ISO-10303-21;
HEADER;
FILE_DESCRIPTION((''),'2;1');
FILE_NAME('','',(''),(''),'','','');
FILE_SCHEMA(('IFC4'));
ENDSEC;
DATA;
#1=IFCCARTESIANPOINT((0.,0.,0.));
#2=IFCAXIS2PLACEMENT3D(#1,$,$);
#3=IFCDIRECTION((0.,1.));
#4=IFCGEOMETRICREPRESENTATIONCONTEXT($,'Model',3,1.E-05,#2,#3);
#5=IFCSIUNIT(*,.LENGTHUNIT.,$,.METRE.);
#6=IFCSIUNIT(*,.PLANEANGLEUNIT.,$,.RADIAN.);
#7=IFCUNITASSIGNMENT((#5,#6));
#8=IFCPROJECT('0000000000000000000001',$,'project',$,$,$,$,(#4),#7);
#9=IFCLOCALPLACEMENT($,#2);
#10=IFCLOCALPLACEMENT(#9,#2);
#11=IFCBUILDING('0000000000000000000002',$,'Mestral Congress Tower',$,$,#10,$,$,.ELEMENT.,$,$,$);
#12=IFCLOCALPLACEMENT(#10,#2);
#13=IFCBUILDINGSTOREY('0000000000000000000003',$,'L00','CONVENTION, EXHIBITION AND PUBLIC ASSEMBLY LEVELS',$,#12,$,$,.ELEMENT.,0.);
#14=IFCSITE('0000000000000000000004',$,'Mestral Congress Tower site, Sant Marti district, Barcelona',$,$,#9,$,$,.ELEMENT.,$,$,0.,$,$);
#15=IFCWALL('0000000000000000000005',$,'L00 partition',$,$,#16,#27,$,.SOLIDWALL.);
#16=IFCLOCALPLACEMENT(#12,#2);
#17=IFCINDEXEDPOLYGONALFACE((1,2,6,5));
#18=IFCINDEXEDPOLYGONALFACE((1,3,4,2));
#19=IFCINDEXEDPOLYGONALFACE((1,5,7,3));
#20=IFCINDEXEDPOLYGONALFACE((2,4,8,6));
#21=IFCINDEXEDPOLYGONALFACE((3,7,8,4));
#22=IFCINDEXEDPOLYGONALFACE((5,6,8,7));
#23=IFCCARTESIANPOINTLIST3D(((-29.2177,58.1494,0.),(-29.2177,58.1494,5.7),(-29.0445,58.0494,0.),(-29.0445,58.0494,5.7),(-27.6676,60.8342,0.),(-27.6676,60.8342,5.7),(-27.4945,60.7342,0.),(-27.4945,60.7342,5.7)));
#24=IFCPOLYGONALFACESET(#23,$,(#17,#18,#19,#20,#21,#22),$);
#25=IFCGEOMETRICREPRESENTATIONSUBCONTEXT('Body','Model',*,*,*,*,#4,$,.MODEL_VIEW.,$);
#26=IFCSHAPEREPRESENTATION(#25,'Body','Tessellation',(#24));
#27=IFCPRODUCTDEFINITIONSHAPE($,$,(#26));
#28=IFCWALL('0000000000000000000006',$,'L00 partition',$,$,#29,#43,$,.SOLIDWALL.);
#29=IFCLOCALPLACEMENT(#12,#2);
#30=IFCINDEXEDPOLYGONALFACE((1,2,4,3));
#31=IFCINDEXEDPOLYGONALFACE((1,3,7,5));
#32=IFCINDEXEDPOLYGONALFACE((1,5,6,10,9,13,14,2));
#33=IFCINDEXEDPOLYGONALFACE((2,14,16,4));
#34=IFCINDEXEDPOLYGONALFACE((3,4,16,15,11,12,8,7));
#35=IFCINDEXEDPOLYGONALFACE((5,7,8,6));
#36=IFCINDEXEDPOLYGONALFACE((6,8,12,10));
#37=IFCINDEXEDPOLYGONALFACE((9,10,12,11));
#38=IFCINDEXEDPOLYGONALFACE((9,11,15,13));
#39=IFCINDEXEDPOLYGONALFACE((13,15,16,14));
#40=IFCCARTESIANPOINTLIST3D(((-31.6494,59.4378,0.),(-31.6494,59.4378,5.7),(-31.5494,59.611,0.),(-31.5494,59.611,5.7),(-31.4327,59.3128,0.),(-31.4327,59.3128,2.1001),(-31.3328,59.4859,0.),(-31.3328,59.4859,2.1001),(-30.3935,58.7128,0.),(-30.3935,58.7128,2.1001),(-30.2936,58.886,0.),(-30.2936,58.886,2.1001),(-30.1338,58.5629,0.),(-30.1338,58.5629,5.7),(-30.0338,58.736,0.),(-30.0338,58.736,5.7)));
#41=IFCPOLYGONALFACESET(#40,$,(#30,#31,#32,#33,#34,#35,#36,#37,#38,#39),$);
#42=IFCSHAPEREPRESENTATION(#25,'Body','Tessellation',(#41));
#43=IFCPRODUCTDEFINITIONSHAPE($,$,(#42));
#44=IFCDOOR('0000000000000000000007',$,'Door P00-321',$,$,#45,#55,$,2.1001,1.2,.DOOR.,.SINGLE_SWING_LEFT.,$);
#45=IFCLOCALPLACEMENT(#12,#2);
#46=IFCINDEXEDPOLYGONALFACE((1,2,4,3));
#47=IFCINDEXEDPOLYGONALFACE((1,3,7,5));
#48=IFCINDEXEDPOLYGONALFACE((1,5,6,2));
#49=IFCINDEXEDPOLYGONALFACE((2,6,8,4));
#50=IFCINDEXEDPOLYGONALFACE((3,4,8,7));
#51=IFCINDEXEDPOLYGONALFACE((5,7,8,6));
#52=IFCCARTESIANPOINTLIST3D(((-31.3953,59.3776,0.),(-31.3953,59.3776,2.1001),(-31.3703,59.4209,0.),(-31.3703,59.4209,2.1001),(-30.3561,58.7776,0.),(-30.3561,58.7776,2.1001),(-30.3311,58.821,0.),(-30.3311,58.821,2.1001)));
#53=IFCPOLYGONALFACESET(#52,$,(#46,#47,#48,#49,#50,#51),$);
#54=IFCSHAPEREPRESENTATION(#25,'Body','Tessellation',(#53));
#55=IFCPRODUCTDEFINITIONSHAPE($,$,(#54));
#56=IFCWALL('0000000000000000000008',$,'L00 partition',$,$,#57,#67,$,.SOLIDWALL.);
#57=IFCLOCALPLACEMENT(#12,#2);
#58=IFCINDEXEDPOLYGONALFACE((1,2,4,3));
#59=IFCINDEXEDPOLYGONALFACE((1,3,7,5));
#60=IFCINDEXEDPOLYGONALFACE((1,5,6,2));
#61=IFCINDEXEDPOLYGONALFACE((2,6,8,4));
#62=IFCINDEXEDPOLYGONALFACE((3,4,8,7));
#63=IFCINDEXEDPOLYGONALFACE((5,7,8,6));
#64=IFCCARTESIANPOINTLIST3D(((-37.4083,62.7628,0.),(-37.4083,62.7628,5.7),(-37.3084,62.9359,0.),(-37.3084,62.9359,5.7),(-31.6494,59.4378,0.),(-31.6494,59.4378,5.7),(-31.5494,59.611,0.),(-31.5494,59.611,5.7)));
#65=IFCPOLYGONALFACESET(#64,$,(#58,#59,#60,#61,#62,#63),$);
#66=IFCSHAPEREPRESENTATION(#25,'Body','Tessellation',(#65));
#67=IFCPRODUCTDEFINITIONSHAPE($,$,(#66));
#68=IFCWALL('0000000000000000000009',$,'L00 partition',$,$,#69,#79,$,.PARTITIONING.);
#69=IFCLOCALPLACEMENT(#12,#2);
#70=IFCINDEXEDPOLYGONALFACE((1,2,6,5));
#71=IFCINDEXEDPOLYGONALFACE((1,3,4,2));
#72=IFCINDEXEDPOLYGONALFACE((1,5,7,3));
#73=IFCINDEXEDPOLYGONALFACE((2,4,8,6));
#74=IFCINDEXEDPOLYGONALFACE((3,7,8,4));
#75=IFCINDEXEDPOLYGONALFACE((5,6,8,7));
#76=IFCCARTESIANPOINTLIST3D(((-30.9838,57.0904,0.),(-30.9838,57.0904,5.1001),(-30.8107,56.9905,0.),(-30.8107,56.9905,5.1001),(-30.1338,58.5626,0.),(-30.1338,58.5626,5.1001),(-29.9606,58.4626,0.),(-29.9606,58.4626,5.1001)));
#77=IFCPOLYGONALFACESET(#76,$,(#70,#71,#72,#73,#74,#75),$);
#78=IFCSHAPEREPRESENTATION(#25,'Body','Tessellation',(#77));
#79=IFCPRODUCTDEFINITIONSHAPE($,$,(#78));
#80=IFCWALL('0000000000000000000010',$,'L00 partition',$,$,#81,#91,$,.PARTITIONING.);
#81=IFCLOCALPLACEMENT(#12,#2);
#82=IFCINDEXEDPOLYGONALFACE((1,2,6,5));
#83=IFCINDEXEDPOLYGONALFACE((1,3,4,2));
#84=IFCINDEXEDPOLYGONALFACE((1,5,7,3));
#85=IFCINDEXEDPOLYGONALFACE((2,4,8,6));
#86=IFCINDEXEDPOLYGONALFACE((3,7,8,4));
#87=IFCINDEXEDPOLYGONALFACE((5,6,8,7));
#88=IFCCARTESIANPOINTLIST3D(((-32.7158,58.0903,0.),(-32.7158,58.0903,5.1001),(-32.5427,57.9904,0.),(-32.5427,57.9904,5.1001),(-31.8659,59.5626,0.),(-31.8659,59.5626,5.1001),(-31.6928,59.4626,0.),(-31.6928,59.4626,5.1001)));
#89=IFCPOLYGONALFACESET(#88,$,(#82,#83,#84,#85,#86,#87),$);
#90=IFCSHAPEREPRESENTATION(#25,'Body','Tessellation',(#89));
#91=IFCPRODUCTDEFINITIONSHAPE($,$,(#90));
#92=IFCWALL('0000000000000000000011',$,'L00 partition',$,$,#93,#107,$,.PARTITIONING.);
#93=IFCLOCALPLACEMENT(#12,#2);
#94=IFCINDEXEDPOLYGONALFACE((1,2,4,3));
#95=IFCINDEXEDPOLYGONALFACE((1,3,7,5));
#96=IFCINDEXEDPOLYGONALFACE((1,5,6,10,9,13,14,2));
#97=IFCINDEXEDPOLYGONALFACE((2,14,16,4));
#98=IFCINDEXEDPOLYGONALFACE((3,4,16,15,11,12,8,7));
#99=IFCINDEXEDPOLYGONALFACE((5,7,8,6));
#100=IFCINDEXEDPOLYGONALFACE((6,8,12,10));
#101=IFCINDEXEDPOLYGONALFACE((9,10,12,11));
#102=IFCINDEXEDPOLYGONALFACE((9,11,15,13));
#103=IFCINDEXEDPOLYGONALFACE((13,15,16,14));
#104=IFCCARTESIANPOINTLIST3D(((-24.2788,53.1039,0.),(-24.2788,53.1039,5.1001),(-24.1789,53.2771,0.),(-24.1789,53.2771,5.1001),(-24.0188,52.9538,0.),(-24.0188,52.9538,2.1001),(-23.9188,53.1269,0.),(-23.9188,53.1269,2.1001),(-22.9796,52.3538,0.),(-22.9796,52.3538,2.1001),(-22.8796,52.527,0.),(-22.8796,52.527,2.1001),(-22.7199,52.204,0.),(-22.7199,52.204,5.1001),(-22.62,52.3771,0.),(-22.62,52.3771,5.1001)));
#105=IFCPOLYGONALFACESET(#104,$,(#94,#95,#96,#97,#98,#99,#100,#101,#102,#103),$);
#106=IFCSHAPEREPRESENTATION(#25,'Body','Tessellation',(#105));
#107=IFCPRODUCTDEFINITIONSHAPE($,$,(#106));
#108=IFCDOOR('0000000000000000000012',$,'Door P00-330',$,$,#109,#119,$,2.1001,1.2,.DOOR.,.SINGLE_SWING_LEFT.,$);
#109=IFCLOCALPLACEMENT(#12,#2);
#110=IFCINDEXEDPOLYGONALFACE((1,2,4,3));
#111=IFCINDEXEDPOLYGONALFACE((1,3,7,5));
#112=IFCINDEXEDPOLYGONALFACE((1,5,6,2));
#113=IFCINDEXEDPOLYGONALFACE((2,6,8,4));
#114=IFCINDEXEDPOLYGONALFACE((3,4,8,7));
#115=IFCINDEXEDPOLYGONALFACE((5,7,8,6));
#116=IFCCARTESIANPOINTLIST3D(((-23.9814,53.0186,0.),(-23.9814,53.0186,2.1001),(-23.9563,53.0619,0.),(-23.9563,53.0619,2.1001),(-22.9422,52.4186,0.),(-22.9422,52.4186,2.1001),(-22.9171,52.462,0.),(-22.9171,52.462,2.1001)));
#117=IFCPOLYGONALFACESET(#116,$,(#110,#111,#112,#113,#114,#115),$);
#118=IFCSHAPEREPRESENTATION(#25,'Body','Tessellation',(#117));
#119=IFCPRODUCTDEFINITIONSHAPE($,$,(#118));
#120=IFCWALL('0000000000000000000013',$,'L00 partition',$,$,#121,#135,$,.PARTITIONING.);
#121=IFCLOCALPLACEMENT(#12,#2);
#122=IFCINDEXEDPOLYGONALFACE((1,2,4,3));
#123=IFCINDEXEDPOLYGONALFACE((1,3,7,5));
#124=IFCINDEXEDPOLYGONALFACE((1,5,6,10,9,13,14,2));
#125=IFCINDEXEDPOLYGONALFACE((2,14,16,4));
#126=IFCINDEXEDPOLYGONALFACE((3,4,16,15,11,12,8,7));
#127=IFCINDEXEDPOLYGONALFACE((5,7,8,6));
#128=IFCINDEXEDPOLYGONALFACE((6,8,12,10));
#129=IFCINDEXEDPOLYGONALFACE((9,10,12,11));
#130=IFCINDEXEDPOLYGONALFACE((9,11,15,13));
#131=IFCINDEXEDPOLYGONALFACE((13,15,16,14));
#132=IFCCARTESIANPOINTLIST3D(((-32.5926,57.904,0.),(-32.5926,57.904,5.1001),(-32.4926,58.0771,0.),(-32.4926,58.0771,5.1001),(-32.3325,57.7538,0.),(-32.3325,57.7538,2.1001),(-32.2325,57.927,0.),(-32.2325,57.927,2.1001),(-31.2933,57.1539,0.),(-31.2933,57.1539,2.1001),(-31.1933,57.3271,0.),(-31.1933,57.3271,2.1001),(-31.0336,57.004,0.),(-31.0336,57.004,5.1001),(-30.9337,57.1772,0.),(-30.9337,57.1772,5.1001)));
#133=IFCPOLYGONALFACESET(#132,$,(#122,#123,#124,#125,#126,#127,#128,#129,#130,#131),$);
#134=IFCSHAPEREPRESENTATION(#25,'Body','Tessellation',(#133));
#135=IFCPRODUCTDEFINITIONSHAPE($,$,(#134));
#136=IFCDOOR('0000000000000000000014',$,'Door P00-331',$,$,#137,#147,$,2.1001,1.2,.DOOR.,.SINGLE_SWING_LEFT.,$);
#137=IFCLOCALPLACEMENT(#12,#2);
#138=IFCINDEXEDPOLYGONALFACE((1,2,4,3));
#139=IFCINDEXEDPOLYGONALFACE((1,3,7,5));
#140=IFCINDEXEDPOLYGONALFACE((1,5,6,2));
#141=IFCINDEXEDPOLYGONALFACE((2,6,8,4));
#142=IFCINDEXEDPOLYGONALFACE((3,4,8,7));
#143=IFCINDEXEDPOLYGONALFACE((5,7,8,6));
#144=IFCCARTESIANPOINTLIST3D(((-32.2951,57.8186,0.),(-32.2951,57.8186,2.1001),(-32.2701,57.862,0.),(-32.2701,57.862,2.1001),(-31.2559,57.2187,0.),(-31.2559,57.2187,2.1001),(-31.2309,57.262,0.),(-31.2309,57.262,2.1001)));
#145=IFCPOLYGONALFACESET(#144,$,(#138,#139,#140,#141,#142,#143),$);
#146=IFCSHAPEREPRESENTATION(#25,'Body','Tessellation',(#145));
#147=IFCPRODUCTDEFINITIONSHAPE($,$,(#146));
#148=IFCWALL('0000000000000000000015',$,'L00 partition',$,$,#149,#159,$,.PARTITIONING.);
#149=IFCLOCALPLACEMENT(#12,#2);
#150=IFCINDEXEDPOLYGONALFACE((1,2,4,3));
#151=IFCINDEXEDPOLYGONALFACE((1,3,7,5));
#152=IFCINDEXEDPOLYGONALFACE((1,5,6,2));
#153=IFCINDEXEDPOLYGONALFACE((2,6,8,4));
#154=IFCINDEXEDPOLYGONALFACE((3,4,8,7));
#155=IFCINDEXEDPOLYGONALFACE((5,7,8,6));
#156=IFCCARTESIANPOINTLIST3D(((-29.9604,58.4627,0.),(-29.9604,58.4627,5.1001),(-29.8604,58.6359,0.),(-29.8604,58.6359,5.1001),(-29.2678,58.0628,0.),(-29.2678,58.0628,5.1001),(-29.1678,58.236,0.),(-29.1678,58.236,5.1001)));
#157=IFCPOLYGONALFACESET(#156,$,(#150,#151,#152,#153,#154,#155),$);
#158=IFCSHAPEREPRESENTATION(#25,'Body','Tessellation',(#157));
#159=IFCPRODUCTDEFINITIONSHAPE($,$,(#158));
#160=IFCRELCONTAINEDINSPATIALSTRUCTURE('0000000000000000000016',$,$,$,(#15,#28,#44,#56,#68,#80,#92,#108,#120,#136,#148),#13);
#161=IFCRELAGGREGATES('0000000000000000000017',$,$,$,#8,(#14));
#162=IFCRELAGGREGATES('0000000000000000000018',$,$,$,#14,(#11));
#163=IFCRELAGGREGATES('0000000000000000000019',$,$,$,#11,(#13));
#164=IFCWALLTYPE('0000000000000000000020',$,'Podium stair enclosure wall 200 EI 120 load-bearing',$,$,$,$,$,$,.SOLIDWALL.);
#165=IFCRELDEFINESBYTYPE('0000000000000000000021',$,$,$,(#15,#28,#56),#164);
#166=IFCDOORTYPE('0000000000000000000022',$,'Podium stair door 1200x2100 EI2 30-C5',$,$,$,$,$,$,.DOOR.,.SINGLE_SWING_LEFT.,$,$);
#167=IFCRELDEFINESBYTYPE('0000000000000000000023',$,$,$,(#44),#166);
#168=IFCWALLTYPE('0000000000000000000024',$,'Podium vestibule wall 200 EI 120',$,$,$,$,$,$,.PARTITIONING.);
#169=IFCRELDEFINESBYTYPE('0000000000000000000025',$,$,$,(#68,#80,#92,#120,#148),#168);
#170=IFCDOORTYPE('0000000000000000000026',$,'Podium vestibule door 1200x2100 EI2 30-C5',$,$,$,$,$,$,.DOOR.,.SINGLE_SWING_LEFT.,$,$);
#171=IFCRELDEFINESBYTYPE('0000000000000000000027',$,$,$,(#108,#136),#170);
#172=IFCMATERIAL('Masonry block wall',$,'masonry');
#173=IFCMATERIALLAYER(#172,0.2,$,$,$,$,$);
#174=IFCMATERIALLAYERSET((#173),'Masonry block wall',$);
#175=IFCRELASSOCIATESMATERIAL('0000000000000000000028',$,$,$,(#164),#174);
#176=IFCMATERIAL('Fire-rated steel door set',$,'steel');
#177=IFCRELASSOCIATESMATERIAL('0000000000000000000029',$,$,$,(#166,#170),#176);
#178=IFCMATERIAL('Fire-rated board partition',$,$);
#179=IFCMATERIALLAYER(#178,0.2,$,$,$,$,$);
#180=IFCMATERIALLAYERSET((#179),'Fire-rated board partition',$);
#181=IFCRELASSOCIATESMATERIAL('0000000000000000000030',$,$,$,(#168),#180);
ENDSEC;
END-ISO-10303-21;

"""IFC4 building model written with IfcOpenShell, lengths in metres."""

from ifc_helpers import new_model, si_unit, direction, frame, frame_2d, origin, place, context, subcontext, project, spatial, rectangle, extrude, material, layer, layer_set, type_object, element, fill, save


model = new_model("IFC4")

# Units and contexts
model_context = context("Model", 3, precision=1e-05, world=origin(), true_north=direction((0.0, 1.0)))
body_context = subcontext(model_context, "Body", "Model", "MODEL_VIEW")
ifc_project = project(units=[si_unit("LENGTHUNIT", "METRE"), si_unit("PLANEANGLEUNIT", "RADIAN")], contexts=[model_context])

# Site, building, storey
site_placement = place(None, origin())
site = spatial("IfcSite", under=ifc_project, at=site_placement, Name="Mestral Congress Tower site, Sant Marti district, Barcelona", CompositionType="ELEMENT", RefElevation=0.0)
building_placement = place(site_placement, origin())
building = spatial("IfcBuilding", under=site, at=building_placement, Name="Mestral Congress Tower", CompositionType="ELEMENT")
storey_placement = place(building_placement, origin())
storey = spatial("IfcBuildingStorey", under=building, at=storey_placement, Name="L00", Description="CONVENTION, EXHIBITION AND PUBLIC ASSEMBLY LEVELS", CompositionType="ELEMENT", Elevation=0.0)

# Shared definitions
ifc_material_1 = material(Name="Masonry block wall", Category="masonry")
ifc_material_2 = material(Name="Fire-rated steel door set", Category="steel")

# Wall
ifc_layer_1 = layer(ifc_material_1, 0.2)
ifc_layer_set_1 = layer_set([ifc_layer_1], Name="Masonry block wall")
wall_type_1 = type_object("IfcWallType", Name="Podium stair enclosure wall 200 EI 120 load-bearing", PredefinedType="SOLIDWALL", material=ifc_layer_set_1)
wall_1_placement = place(storey_placement, frame((-27.5811, 60.7842, 0.0), z_axis=(0.0, 0.0, 1.0), x_axis=(-0.499993, -0.86603, 0.0)))
element("IfcWall", 1, at=wall_1_placement, inside=storey, type_object=wall_type_1, Name="L00 partition", PredefinedType="SOLIDWALL", context=body_context, shape_type="SweptSolid", body=[
    extrude(rectangle(XDim=3.1001, YDim=0.2, at=frame_2d((1.55, 0.0))), origin(), (0.0, 0.0, 1.0), 5.7),
])

# Wall, opening, door
wall_2_placement = place(storey_placement, frame((-31.5994, 59.5244, 0.0), z_axis=(0.0, 0.0, 1.0), x_axis=(0.866037, -0.49998, 0.0)))
wall_2 = element("IfcWall", 2, at=wall_2_placement, inside=storey, type_object=wall_type_1, Name="L00 partition", PredefinedType="SOLIDWALL", context=body_context, shape_type="SweptSolid", body=[
    extrude(rectangle(XDim=1.75, YDim=0.2, at=frame_2d((0.875, 0.0))), origin(), (0.0, 0.0, 1.0), 5.7),
])
opening_1_placement = place(wall_2_placement, frame((0.25, 0.0, 0.0)))
opening_1 = element("IfcOpeningElement", 3, at=opening_1_placement, cuts=wall_2, PredefinedType="OPENING", context=body_context, shape_type="SweptSolid", body=[
    extrude(rectangle(XDim=1.2, YDim=2.1001, at=frame_2d((0.6001, 1.05))), frame((0.0, 0.1099, 0.0), z_axis=(0.0, -1.0, 0.0), x_axis=(1.0, 0.0, 0.0)), (0.0, 0.0, 1.0), 0.22),
])
door_type_1 = type_object("IfcDoorType", Name="Podium stair door 1200x2100 EI2 30-C5", OperationType="SINGLE_SWING_LEFT", PredefinedType="DOOR", material=ifc_material_2)
door_1_placement = place(opening_1_placement, origin())
door_1 = element("IfcDoor", 4, at=door_1_placement, inside=storey, type_object=door_type_1, Name="Door P00-321", OperationType="SINGLE_SWING_LEFT", OverallHeight=2.1001, OverallWidth=1.2, PredefinedType="DOOR", context=body_context, shape_type="SweptSolid", body=[
    extrude(rectangle(XDim=1.2, YDim=2.1001, at=frame_2d((0.6001, 1.05))), frame((0.0, 0.0249, 0.0), z_axis=(0.0, -1.0, 0.0), x_axis=(1.0, 0.0, 0.0)), (0.0, 0.0, 1.0), 0.05),
])
fill(opening_1, door_1)

# Walls
wall_3_placement = place(storey_placement, frame((-31.5994, 59.5244, 0.0), z_axis=(0.0, 0.0, 1.0), x_axis=(-0.866027, 0.499997, 0.0)))
element("IfcWall", 5, at=wall_3_placement, inside=storey, type_object=wall_type_1, Name="L00 partition", PredefinedType="SOLIDWALL", context=body_context, shape_type="SweptSolid", body=[
    extrude(rectangle(XDim=6.6499, YDim=0.2, at=frame_2d((3.325, 0.0))), origin(), (0.0, 0.0, 1.0), 5.7),
])
ifc_material_3 = material(Name="Fire-rated board partition")
ifc_layer_2 = layer(ifc_material_3, 0.2)
ifc_layer_set_2 = layer_set([ifc_layer_2], Name="Fire-rated board partition")
wall_type_2 = type_object("IfcWallType", Name="Podium vestibule wall 200 EI 120", PredefinedType="PARTITIONING", material=ifc_layer_set_2)
for number, where, z_axis, x_axis, name in (
    (6, (-30.0471, 58.5127, 0.0), (0.0, 0.0, 1.0), (-0.500062, -0.865989, 0.0), "L00 partition"),
    (7, (-31.7793, 59.5127, 0.0), (0.0, 0.0, 1.0), (-0.499955, -0.866052, 0.0), "L00 partition"),
):
    element("IfcWall", number, at=place(storey_placement, frame(where, z_axis=z_axis, x_axis=x_axis)), inside=storey, type_object=wall_type_2, Name=name, PredefinedType="PARTITIONING", context=body_context, shape_type="SweptSolid", body=[
        extrude(rectangle(XDim=1.7, YDim=0.2, at=frame_2d((0.8501, 0.0))), origin(), (0.0, 0.0, 1.0), 5.1001),
    ])

# Walls, openings, doors
wall_4_placement = place(storey_placement, frame((-24.2288, 53.1904, 0.0), z_axis=(0.0, 0.0, 1.0), x_axis=(0.866048, -0.499961, 0.0)))
wall_4 = element("IfcWall", 8, at=wall_4_placement, inside=storey, type_object=wall_type_2, Name="L00 partition", PredefinedType="PARTITIONING", context=body_context, shape_type="SweptSolid", body=[
    extrude(rectangle(XDim=1.8, YDim=0.2, at=frame_2d((0.8999, 0.0))), origin(), (0.0, 0.0, 1.0), 5.1001),
])
opening_2_placement = place(wall_4_placement, frame((0.3, 0.0, 0.0)))
opening_2 = element("IfcOpeningElement", 9, at=opening_2_placement, cuts=wall_4, PredefinedType="OPENING", context=body_context, shape_type="SweptSolid", body=[
    extrude(rectangle(XDim=1.2, YDim=2.1001, at=frame_2d((0.6001, 1.05))), frame((0.0, 0.1099, 0.0), z_axis=(0.0, -1.0, 0.0), x_axis=(1.0, 0.0, 0.0)), (0.0, 0.0, 1.0), 0.22),
])
door_type_2 = type_object("IfcDoorType", Name="Podium vestibule door 1200x2100 EI2 30-C5", OperationType="SINGLE_SWING_LEFT", PredefinedType="DOOR", material=ifc_material_2)
door_2_placement = place(opening_2_placement, origin())
door_2 = element("IfcDoor", 10, at=door_2_placement, inside=storey, type_object=door_type_2, Name="Door P00-330", OperationType="SINGLE_SWING_LEFT", OverallHeight=2.1001, OverallWidth=1.2, PredefinedType="DOOR", context=body_context, shape_type="SweptSolid", body=[
    extrude(rectangle(XDim=1.2, YDim=2.1001, at=frame_2d((0.6001, 1.05))), frame((0.0, 0.0249, 0.0), z_axis=(0.0, -1.0, 0.0), x_axis=(1.0, 0.0, 0.0)), (0.0, 0.0, 1.0), 0.05),
])
fill(opening_2, door_2)
wall_5_placement = place(storey_placement, frame((-32.5425, 57.9905, 0.0), z_axis=(0.0, 0.0, 1.0), x_axis=(0.866048, -0.499961, 0.0)))
wall_5 = element("IfcWall", 11, at=wall_5_placement, inside=storey, type_object=wall_type_2, Name="L00 partition", PredefinedType="PARTITIONING", context=body_context, shape_type="SweptSolid", body=[
    extrude(rectangle(XDim=1.8, YDim=0.2, at=frame_2d((0.8999, 0.0))), origin(), (0.0, 0.0, 1.0), 5.1001),
])
opening_3_placement = place(wall_5_placement, frame((0.3, 0.0, 0.0)))
opening_3 = element("IfcOpeningElement", 12, at=opening_3_placement, cuts=wall_5, PredefinedType="OPENING", context=body_context, shape_type="SweptSolid", body=[
    extrude(rectangle(XDim=1.2, YDim=2.1001, at=frame_2d((0.6001, 1.05))), frame((0.0, 0.1099, 0.0), z_axis=(0.0, -1.0, 0.0), x_axis=(1.0, 0.0, 0.0)), (0.0, 0.0, 1.0), 0.22),
])
door_3_placement = place(opening_3_placement, origin())
door_3 = element("IfcDoor", 13, at=door_3_placement, inside=storey, type_object=door_type_2, Name="Door P00-331", OperationType="SINGLE_SWING_LEFT", OverallHeight=2.1001, OverallWidth=1.2, PredefinedType="DOOR", context=body_context, shape_type="SweptSolid", body=[
    extrude(rectangle(XDim=1.2, YDim=2.1001, at=frame_2d((0.6001, 1.05))), frame((0.0, 0.0249, 0.0), z_axis=(0.0, -1.0, 0.0), x_axis=(1.0, 0.0, 0.0)), (0.0, 0.0, 1.0), 0.05),
])
fill(opening_3, door_3)

# Wall
wall_6_placement = place(storey_placement, frame((-29.2178, 58.1494, 0.0), z_axis=(0.0, 0.0, 1.0), x_axis=(-0.866018, 0.500013, 0.0)))
element("IfcWall", 14, at=wall_6_placement, inside=storey, type_object=wall_type_2, Name="L00 partition", PredefinedType="PARTITIONING", context=body_context, shape_type="SweptSolid", body=[
    extrude(rectangle(XDim=0.7998, YDim=0.2, at=frame_2d((0.3999, 0.0))), origin(), (0.0, 0.0, 1.0), 5.1001),
])

save(model, "model.ifc")
